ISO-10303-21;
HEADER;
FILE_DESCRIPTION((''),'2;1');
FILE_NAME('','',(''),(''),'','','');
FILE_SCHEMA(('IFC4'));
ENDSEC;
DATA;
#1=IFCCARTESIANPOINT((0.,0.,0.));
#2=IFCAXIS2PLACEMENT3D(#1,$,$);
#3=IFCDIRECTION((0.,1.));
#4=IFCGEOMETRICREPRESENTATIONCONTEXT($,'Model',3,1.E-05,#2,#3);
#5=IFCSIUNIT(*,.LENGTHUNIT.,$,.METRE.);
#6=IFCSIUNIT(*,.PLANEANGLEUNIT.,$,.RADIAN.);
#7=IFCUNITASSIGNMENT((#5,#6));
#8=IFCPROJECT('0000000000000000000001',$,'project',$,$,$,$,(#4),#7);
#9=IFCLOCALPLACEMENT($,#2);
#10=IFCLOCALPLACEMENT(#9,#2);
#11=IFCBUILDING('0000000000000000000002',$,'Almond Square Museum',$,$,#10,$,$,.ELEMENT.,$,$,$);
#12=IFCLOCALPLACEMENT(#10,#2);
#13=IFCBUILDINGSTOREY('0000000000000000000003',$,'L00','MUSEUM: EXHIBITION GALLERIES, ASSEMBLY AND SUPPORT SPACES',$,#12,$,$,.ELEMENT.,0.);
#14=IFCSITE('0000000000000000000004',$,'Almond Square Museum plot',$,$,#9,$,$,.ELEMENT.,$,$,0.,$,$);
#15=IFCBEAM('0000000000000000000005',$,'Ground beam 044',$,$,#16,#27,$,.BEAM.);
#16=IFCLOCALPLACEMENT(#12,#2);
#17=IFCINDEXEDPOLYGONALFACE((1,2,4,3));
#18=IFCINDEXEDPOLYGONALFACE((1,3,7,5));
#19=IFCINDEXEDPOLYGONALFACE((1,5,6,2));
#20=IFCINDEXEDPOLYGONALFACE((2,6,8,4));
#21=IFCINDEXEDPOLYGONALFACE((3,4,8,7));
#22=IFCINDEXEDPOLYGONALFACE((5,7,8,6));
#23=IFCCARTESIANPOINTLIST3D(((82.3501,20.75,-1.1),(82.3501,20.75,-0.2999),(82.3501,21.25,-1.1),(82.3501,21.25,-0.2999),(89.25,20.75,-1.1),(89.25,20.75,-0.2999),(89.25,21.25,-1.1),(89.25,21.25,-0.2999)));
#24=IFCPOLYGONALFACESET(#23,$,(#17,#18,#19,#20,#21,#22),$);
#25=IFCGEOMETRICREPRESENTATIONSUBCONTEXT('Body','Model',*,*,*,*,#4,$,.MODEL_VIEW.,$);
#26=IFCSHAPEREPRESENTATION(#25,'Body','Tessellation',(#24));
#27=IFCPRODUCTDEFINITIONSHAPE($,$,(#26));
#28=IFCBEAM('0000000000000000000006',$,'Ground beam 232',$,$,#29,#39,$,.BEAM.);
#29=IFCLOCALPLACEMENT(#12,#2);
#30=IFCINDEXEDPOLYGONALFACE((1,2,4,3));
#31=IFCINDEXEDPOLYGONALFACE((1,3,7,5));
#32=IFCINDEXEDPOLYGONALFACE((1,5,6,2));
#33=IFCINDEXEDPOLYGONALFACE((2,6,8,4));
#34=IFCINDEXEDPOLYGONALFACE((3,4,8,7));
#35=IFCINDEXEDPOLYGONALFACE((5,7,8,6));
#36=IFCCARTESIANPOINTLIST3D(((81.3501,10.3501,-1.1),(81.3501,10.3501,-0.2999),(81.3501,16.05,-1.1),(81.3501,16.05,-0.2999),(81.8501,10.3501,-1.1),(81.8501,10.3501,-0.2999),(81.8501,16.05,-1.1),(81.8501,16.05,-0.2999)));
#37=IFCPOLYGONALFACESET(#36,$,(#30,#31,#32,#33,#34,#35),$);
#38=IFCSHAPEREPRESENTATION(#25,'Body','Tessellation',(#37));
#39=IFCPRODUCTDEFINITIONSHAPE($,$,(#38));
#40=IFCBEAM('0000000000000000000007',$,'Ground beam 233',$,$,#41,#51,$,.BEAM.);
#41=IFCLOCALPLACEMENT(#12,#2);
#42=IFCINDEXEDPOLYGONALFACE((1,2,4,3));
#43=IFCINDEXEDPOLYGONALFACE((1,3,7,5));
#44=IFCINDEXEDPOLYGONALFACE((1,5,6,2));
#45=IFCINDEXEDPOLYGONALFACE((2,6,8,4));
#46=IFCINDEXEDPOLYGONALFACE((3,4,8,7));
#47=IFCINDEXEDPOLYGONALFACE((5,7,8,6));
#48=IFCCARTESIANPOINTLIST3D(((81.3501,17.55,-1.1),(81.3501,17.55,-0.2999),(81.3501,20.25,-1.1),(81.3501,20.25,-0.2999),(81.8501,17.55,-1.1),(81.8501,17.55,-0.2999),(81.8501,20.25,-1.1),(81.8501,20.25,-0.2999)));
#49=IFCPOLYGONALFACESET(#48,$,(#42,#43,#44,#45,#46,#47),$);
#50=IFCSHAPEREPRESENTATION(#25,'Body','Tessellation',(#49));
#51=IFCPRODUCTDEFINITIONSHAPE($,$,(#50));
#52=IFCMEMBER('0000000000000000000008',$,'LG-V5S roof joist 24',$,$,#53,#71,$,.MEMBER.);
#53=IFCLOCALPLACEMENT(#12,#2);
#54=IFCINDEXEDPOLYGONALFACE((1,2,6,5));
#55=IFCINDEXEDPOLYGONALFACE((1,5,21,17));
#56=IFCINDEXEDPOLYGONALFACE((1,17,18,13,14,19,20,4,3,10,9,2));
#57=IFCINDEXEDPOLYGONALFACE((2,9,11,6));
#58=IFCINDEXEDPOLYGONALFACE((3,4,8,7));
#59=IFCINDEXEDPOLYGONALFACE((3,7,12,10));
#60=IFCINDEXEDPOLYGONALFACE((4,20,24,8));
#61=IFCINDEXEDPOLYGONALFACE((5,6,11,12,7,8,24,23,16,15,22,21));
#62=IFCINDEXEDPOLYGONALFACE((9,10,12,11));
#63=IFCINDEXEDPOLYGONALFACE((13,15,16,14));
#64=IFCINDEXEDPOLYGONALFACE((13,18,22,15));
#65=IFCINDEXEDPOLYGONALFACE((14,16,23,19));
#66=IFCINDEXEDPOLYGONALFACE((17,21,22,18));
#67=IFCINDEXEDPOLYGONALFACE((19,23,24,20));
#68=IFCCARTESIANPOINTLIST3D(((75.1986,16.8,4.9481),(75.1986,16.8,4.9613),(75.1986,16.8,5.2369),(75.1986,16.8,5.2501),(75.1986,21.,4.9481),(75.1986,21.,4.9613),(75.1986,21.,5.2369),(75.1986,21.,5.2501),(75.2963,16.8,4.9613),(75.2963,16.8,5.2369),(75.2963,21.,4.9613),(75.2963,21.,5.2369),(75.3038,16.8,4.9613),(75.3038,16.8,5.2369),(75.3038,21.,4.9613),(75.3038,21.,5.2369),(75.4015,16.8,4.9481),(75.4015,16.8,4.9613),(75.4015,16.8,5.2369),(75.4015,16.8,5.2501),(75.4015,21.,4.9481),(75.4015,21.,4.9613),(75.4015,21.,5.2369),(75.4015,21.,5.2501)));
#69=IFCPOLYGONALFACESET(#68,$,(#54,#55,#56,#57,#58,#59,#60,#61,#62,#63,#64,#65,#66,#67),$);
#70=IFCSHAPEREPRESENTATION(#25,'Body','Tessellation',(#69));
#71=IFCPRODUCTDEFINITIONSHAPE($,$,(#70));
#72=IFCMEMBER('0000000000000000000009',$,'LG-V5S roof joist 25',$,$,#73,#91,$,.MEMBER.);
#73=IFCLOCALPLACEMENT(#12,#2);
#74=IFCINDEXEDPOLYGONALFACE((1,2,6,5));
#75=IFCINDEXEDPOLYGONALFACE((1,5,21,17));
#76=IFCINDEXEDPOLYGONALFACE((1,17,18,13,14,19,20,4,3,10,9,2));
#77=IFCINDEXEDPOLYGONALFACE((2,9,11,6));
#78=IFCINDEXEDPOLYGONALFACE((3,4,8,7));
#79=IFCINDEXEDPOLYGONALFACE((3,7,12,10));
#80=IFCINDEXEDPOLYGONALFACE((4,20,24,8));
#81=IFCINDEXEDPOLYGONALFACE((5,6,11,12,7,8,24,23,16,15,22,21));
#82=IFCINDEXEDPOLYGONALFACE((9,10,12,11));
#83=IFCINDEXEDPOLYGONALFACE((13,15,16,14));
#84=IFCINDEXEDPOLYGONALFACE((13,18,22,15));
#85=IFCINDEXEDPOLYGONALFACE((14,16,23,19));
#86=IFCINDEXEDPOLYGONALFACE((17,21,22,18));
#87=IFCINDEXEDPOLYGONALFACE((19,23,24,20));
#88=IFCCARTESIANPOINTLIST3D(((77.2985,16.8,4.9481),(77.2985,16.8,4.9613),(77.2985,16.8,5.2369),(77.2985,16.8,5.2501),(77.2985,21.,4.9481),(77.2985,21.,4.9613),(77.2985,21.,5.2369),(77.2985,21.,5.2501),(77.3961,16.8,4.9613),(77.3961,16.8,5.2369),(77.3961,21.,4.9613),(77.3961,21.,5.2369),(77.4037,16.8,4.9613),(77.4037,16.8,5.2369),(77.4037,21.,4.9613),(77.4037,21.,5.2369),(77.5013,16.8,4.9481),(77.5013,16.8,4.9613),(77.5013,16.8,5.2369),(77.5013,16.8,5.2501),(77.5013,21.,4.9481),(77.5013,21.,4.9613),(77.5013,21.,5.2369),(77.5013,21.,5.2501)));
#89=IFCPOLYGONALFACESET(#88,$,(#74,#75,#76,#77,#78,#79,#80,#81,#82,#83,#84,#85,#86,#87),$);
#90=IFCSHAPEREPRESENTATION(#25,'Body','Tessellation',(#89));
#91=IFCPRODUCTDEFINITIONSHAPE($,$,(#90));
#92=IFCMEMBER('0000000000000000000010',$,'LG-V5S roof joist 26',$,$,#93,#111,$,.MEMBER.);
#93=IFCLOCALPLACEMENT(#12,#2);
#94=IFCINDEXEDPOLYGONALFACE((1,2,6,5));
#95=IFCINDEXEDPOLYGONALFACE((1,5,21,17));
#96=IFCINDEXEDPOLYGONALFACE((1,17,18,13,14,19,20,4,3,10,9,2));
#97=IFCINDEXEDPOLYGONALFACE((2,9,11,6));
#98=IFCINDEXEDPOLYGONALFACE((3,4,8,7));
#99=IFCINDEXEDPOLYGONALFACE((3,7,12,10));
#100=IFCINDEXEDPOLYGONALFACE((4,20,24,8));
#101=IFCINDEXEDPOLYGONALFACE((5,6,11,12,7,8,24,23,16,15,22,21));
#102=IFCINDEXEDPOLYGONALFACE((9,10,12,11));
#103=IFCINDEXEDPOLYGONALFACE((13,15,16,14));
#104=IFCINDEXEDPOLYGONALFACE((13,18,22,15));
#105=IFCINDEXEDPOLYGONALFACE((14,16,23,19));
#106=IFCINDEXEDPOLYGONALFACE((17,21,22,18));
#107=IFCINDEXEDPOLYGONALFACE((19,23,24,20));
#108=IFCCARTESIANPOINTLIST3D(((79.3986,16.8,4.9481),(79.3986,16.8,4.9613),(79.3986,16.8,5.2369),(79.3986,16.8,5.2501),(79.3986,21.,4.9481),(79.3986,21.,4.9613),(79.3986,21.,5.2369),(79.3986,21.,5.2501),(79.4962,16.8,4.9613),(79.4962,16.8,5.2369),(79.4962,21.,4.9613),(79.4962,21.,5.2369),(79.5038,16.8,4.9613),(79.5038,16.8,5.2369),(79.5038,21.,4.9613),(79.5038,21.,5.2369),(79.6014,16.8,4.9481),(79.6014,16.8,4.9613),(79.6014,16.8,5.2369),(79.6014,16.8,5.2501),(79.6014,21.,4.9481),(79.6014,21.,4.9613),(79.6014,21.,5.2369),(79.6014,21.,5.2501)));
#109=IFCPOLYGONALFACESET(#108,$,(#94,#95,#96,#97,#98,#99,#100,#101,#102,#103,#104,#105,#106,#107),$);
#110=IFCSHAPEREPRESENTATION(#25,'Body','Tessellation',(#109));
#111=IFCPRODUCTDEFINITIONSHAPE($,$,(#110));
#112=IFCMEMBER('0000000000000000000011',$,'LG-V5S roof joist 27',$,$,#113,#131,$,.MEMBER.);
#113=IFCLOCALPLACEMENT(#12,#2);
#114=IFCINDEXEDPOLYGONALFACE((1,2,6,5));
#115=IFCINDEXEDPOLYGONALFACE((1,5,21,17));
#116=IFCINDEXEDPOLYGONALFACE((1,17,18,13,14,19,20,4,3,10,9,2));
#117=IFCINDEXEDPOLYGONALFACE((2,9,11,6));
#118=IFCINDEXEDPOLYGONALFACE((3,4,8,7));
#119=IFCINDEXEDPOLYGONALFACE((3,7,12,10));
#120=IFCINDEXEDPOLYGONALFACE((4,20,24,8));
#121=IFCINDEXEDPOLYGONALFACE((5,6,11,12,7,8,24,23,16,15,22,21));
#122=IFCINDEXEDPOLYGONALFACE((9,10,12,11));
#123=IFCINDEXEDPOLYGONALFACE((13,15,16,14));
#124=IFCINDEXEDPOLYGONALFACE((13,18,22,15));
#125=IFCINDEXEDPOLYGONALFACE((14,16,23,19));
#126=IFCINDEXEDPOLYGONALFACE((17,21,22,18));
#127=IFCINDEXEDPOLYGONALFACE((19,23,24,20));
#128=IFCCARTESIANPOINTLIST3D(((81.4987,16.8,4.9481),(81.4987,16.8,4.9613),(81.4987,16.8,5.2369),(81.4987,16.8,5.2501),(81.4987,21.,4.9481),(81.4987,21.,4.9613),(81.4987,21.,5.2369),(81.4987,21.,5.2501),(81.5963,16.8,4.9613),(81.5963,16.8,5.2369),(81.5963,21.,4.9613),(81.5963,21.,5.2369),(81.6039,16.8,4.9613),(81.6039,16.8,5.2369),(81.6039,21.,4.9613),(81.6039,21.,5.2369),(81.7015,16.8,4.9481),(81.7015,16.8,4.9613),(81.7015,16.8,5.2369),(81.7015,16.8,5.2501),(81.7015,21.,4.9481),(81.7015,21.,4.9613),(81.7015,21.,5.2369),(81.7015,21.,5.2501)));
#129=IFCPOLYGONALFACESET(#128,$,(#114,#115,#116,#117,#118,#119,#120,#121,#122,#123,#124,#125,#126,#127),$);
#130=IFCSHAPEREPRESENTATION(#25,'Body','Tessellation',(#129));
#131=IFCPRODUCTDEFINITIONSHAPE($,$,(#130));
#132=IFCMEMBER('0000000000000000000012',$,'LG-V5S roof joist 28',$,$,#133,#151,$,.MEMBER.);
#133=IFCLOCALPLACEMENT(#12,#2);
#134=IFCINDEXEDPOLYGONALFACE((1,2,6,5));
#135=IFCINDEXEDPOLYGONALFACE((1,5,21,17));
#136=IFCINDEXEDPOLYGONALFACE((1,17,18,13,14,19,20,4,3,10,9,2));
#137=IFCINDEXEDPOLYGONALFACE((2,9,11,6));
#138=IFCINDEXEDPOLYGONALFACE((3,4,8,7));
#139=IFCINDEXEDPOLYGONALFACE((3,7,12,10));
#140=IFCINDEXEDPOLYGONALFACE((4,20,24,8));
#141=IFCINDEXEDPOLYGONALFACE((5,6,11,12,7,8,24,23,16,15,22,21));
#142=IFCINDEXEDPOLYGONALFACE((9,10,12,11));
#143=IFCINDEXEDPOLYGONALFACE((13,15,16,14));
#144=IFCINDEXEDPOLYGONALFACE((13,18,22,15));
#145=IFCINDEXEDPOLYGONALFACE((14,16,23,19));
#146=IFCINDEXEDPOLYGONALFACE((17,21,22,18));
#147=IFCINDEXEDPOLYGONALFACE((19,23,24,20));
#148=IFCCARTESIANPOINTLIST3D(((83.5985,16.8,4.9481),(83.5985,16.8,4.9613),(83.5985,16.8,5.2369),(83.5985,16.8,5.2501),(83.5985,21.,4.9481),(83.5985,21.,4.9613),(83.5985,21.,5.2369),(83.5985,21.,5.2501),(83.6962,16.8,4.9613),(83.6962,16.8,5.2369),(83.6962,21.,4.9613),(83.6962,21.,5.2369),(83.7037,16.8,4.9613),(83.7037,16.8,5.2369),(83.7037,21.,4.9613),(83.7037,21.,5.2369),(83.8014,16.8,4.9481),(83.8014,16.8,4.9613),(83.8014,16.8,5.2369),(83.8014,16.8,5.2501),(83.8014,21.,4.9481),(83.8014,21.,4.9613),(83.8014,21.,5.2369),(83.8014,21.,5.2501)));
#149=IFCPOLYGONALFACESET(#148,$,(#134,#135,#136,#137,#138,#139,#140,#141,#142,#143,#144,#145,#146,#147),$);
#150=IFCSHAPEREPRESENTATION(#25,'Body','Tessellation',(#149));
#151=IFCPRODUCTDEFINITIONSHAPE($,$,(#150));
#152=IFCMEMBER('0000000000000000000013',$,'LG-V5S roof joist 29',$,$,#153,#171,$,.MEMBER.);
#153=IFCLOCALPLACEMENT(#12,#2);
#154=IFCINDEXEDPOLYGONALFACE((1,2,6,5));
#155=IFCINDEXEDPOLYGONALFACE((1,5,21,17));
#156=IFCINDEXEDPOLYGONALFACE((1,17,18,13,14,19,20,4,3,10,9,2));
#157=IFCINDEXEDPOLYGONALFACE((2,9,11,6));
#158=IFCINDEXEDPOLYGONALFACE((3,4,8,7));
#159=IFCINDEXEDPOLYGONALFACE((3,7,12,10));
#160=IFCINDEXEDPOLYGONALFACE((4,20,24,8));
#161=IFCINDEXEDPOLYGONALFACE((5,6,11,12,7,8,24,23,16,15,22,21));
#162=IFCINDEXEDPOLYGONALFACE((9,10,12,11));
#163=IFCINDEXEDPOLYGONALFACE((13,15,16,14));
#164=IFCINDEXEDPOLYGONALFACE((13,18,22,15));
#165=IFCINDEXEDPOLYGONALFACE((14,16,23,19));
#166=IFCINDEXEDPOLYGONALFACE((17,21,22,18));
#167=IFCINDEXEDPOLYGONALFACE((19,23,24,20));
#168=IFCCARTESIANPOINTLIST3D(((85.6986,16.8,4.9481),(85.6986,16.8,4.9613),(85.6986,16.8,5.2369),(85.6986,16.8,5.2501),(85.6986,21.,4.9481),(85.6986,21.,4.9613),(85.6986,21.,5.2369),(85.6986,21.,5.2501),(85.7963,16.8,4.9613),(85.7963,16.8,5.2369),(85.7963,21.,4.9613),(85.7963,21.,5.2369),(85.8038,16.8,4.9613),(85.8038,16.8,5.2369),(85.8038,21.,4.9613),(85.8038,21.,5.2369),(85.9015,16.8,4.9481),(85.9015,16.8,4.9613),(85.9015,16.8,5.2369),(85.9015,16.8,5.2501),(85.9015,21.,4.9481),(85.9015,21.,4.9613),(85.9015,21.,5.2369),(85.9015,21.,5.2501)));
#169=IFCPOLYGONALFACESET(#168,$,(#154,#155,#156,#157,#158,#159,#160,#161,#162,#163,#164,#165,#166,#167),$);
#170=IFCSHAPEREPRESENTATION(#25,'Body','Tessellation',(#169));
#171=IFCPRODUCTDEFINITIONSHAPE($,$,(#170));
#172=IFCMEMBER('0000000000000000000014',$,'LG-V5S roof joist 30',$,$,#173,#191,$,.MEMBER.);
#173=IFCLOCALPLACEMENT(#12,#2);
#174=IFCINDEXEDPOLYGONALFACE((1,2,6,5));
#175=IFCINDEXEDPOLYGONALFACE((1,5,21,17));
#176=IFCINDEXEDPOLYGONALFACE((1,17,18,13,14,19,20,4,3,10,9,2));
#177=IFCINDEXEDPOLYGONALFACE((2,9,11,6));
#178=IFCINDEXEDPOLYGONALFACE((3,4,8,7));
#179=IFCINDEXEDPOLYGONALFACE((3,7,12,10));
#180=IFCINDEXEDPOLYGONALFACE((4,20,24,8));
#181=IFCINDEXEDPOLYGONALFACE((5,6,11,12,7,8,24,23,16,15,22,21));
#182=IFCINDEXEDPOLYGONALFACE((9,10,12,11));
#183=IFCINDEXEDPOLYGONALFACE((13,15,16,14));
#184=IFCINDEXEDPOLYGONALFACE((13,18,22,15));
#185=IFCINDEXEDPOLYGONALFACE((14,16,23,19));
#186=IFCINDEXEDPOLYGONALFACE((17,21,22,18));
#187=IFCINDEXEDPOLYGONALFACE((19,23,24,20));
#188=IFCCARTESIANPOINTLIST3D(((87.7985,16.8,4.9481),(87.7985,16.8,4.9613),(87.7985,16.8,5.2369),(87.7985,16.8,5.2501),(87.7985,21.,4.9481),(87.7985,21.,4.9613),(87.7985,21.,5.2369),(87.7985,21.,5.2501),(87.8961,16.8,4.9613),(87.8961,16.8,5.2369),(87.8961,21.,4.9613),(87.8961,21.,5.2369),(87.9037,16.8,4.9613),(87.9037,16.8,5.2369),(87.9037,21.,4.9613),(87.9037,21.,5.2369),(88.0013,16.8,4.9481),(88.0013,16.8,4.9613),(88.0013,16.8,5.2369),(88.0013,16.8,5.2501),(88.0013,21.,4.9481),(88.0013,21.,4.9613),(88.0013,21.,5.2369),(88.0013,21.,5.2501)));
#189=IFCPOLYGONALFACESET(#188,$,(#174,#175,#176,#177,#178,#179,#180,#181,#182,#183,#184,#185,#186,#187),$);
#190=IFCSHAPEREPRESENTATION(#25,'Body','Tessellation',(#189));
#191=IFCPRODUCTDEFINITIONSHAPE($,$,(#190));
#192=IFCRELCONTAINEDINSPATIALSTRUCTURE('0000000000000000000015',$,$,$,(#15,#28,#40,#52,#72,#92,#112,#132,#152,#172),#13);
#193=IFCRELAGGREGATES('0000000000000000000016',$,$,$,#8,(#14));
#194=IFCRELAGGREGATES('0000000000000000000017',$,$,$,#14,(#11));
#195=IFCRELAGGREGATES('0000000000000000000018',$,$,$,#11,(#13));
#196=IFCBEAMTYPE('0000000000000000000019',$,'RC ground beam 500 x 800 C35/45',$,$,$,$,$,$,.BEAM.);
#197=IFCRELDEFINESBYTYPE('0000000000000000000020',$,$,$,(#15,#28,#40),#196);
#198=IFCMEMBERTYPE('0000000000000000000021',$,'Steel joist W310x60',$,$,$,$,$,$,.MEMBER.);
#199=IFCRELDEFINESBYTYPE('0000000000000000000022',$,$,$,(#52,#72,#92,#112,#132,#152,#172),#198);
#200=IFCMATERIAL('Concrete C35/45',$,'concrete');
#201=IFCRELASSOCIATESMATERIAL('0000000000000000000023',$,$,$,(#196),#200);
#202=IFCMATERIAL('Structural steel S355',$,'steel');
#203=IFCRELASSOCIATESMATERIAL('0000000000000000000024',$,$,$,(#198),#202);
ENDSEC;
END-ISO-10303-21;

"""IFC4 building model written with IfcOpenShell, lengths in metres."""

from ifc_helpers import new_model, si_unit, direction, frame, origin, origin_2d, place, context, subcontext, project, spatial, rectangle, i_section, extrude, material, material_profile, profile_set, type_object, element, save


model = new_model("IFC4")

# Units and contexts
model_context = context("Model", 3, precision=1e-05, world=origin(), true_north=direction((0.0, 1.0)))
body_context = subcontext(model_context, "Body", "Model", "MODEL_VIEW")
ifc_project = project(units=[si_unit("LENGTHUNIT", "METRE"), si_unit("PLANEANGLEUNIT", "RADIAN")], contexts=[model_context])

# Site, building, storey
site_placement = place(None, origin())
site = spatial("IfcSite", under=ifc_project, at=site_placement, Name="Almond Square Museum plot", CompositionType="ELEMENT", RefElevation=0.0)
building_placement = place(site_placement, origin())
building = spatial("IfcBuilding", under=site, at=building_placement, Name="Almond Square Museum", CompositionType="ELEMENT")
storey_placement = place(building_placement, origin())
storey = spatial("IfcBuildingStorey", under=building, at=storey_placement, Name="L00", Description="MUSEUM: EXHIBITION GALLERIES, ASSEMBLY AND SUPPORT SPACES", CompositionType="ELEMENT", Elevation=0.0)

# Beams
ifc_material_1 = material(Name="Concrete C35/45", Category="concrete")
ifc_material_profile_1 = material_profile(ifc_material_1, rectangle(XDim=0.5, YDim=0.8, at=origin_2d()))
ifc_profile_set_1 = profile_set([ifc_material_profile_1], Name="Concrete C35/45")
beam_type_1 = type_object("IfcBeamType", Name="RC ground beam 500 x 800 C35/45", PredefinedType="BEAM", material=ifc_profile_set_1)
beam_1_placement = place(storey_placement, frame((82.3501, 21.0, -0.7), z_axis=(1.0, 0.0, 0.0), x_axis=(0.0, 1.0, 0.0)))
element("IfcBeam", 1, at=beam_1_placement, inside=storey, type_object=beam_type_1, Name="Ground beam 044", PredefinedType="BEAM", context=body_context, shape_type="SweptSolid", body=[
    extrude(rectangle(XDim=0.5, YDim=0.8, at=origin_2d()), origin(), (0.0, 0.0, 1.0), 6.8999),
])
beam_2_placement = place(storey_placement, frame((81.6001, 10.3501, -0.7), z_axis=(0.0, 1.0, 0.0), x_axis=(-1.0, 0.0, 0.0)))
element("IfcBeam", 2, at=beam_2_placement, inside=storey, type_object=beam_type_1, Name="Ground beam 232", PredefinedType="BEAM", context=body_context, shape_type="SweptSolid", body=[
    extrude(rectangle(XDim=0.5, YDim=0.8, at=origin_2d()), origin(), (0.0, 0.0, 1.0), 5.7),
])
beam_3_placement = place(storey_placement, frame((81.6001, 17.55, -0.7), z_axis=(0.0, 1.0, 0.0), x_axis=(-1.0, 0.0, 0.0)))
element("IfcBeam", 3, at=beam_3_placement, inside=storey, type_object=beam_type_1, Name="Ground beam 233", PredefinedType="BEAM", context=body_context, shape_type="SweptSolid", body=[
    extrude(rectangle(XDim=0.5, YDim=0.8, at=origin_2d()), origin(), (0.0, 0.0, 1.0), 2.7),
])

# Members
ifc_material_2 = material(Name="Structural steel S355", Category="steel")
ifc_material_profile_2 = material_profile(ifc_material_2, i_section(OverallWidth=0.2029, OverallDepth=0.302, WebThickness=0.0076, FlangeThickness=0.0132, at=origin_2d()))
ifc_profile_set_2 = profile_set([ifc_material_profile_2], Name="Structural steel S355")
member_type = type_object("IfcMemberType", Name="Steel joist W310x60", PredefinedType="MEMBER", material=ifc_profile_set_2)
for number, where, z_axis, x_axis, name in (
    (4, (75.3, 16.8, 5.0991), (0.0, 1.0, 0.0), (-1.0, 0.0, 0.0), "LG-V5S roof joist 24"),
    (5, (77.3999, 16.8, 5.0991), (0.0, 1.0, 0.0), (-1.0, 0.0, 0.0), "LG-V5S roof joist 25"),
    (6, (79.5, 16.8, 5.0991), (0.0, 1.0, 0.0), (-1.0, 0.0, 0.0), "LG-V5S roof joist 26"),
    (7, (81.6001, 16.8, 5.0991), (0.0, 1.0, 0.0), (-1.0, 0.0, 0.0), "LG-V5S roof joist 27"),
    (8, (83.7, 16.8, 5.0991), (0.0, 1.0, 0.0), (-1.0, 0.0, 0.0), "LG-V5S roof joist 28"),
    (9, (85.8, 16.8, 5.0991), (0.0, 1.0, 0.0), (-1.0, 0.0, 0.0), "LG-V5S roof joist 29"),
    (10, (87.8999, 16.8, 5.0991), (0.0, 1.0, 0.0), (-1.0, 0.0, 0.0), "LG-V5S roof joist 30"),
):
    element("IfcMember", number, at=place(storey_placement, frame(where, z_axis=z_axis, x_axis=x_axis)), inside=storey, type_object=member_type, Name=name, PredefinedType="MEMBER", context=body_context, shape_type="SweptSolid", body=[
        extrude(i_section(OverallWidth=0.2029, OverallDepth=0.302, WebThickness=0.0076, FlangeThickness=0.0132, at=origin_2d()), origin(), (0.0, 0.0, 1.0), 4.2),
    ])

save(model, "model.ifc")
